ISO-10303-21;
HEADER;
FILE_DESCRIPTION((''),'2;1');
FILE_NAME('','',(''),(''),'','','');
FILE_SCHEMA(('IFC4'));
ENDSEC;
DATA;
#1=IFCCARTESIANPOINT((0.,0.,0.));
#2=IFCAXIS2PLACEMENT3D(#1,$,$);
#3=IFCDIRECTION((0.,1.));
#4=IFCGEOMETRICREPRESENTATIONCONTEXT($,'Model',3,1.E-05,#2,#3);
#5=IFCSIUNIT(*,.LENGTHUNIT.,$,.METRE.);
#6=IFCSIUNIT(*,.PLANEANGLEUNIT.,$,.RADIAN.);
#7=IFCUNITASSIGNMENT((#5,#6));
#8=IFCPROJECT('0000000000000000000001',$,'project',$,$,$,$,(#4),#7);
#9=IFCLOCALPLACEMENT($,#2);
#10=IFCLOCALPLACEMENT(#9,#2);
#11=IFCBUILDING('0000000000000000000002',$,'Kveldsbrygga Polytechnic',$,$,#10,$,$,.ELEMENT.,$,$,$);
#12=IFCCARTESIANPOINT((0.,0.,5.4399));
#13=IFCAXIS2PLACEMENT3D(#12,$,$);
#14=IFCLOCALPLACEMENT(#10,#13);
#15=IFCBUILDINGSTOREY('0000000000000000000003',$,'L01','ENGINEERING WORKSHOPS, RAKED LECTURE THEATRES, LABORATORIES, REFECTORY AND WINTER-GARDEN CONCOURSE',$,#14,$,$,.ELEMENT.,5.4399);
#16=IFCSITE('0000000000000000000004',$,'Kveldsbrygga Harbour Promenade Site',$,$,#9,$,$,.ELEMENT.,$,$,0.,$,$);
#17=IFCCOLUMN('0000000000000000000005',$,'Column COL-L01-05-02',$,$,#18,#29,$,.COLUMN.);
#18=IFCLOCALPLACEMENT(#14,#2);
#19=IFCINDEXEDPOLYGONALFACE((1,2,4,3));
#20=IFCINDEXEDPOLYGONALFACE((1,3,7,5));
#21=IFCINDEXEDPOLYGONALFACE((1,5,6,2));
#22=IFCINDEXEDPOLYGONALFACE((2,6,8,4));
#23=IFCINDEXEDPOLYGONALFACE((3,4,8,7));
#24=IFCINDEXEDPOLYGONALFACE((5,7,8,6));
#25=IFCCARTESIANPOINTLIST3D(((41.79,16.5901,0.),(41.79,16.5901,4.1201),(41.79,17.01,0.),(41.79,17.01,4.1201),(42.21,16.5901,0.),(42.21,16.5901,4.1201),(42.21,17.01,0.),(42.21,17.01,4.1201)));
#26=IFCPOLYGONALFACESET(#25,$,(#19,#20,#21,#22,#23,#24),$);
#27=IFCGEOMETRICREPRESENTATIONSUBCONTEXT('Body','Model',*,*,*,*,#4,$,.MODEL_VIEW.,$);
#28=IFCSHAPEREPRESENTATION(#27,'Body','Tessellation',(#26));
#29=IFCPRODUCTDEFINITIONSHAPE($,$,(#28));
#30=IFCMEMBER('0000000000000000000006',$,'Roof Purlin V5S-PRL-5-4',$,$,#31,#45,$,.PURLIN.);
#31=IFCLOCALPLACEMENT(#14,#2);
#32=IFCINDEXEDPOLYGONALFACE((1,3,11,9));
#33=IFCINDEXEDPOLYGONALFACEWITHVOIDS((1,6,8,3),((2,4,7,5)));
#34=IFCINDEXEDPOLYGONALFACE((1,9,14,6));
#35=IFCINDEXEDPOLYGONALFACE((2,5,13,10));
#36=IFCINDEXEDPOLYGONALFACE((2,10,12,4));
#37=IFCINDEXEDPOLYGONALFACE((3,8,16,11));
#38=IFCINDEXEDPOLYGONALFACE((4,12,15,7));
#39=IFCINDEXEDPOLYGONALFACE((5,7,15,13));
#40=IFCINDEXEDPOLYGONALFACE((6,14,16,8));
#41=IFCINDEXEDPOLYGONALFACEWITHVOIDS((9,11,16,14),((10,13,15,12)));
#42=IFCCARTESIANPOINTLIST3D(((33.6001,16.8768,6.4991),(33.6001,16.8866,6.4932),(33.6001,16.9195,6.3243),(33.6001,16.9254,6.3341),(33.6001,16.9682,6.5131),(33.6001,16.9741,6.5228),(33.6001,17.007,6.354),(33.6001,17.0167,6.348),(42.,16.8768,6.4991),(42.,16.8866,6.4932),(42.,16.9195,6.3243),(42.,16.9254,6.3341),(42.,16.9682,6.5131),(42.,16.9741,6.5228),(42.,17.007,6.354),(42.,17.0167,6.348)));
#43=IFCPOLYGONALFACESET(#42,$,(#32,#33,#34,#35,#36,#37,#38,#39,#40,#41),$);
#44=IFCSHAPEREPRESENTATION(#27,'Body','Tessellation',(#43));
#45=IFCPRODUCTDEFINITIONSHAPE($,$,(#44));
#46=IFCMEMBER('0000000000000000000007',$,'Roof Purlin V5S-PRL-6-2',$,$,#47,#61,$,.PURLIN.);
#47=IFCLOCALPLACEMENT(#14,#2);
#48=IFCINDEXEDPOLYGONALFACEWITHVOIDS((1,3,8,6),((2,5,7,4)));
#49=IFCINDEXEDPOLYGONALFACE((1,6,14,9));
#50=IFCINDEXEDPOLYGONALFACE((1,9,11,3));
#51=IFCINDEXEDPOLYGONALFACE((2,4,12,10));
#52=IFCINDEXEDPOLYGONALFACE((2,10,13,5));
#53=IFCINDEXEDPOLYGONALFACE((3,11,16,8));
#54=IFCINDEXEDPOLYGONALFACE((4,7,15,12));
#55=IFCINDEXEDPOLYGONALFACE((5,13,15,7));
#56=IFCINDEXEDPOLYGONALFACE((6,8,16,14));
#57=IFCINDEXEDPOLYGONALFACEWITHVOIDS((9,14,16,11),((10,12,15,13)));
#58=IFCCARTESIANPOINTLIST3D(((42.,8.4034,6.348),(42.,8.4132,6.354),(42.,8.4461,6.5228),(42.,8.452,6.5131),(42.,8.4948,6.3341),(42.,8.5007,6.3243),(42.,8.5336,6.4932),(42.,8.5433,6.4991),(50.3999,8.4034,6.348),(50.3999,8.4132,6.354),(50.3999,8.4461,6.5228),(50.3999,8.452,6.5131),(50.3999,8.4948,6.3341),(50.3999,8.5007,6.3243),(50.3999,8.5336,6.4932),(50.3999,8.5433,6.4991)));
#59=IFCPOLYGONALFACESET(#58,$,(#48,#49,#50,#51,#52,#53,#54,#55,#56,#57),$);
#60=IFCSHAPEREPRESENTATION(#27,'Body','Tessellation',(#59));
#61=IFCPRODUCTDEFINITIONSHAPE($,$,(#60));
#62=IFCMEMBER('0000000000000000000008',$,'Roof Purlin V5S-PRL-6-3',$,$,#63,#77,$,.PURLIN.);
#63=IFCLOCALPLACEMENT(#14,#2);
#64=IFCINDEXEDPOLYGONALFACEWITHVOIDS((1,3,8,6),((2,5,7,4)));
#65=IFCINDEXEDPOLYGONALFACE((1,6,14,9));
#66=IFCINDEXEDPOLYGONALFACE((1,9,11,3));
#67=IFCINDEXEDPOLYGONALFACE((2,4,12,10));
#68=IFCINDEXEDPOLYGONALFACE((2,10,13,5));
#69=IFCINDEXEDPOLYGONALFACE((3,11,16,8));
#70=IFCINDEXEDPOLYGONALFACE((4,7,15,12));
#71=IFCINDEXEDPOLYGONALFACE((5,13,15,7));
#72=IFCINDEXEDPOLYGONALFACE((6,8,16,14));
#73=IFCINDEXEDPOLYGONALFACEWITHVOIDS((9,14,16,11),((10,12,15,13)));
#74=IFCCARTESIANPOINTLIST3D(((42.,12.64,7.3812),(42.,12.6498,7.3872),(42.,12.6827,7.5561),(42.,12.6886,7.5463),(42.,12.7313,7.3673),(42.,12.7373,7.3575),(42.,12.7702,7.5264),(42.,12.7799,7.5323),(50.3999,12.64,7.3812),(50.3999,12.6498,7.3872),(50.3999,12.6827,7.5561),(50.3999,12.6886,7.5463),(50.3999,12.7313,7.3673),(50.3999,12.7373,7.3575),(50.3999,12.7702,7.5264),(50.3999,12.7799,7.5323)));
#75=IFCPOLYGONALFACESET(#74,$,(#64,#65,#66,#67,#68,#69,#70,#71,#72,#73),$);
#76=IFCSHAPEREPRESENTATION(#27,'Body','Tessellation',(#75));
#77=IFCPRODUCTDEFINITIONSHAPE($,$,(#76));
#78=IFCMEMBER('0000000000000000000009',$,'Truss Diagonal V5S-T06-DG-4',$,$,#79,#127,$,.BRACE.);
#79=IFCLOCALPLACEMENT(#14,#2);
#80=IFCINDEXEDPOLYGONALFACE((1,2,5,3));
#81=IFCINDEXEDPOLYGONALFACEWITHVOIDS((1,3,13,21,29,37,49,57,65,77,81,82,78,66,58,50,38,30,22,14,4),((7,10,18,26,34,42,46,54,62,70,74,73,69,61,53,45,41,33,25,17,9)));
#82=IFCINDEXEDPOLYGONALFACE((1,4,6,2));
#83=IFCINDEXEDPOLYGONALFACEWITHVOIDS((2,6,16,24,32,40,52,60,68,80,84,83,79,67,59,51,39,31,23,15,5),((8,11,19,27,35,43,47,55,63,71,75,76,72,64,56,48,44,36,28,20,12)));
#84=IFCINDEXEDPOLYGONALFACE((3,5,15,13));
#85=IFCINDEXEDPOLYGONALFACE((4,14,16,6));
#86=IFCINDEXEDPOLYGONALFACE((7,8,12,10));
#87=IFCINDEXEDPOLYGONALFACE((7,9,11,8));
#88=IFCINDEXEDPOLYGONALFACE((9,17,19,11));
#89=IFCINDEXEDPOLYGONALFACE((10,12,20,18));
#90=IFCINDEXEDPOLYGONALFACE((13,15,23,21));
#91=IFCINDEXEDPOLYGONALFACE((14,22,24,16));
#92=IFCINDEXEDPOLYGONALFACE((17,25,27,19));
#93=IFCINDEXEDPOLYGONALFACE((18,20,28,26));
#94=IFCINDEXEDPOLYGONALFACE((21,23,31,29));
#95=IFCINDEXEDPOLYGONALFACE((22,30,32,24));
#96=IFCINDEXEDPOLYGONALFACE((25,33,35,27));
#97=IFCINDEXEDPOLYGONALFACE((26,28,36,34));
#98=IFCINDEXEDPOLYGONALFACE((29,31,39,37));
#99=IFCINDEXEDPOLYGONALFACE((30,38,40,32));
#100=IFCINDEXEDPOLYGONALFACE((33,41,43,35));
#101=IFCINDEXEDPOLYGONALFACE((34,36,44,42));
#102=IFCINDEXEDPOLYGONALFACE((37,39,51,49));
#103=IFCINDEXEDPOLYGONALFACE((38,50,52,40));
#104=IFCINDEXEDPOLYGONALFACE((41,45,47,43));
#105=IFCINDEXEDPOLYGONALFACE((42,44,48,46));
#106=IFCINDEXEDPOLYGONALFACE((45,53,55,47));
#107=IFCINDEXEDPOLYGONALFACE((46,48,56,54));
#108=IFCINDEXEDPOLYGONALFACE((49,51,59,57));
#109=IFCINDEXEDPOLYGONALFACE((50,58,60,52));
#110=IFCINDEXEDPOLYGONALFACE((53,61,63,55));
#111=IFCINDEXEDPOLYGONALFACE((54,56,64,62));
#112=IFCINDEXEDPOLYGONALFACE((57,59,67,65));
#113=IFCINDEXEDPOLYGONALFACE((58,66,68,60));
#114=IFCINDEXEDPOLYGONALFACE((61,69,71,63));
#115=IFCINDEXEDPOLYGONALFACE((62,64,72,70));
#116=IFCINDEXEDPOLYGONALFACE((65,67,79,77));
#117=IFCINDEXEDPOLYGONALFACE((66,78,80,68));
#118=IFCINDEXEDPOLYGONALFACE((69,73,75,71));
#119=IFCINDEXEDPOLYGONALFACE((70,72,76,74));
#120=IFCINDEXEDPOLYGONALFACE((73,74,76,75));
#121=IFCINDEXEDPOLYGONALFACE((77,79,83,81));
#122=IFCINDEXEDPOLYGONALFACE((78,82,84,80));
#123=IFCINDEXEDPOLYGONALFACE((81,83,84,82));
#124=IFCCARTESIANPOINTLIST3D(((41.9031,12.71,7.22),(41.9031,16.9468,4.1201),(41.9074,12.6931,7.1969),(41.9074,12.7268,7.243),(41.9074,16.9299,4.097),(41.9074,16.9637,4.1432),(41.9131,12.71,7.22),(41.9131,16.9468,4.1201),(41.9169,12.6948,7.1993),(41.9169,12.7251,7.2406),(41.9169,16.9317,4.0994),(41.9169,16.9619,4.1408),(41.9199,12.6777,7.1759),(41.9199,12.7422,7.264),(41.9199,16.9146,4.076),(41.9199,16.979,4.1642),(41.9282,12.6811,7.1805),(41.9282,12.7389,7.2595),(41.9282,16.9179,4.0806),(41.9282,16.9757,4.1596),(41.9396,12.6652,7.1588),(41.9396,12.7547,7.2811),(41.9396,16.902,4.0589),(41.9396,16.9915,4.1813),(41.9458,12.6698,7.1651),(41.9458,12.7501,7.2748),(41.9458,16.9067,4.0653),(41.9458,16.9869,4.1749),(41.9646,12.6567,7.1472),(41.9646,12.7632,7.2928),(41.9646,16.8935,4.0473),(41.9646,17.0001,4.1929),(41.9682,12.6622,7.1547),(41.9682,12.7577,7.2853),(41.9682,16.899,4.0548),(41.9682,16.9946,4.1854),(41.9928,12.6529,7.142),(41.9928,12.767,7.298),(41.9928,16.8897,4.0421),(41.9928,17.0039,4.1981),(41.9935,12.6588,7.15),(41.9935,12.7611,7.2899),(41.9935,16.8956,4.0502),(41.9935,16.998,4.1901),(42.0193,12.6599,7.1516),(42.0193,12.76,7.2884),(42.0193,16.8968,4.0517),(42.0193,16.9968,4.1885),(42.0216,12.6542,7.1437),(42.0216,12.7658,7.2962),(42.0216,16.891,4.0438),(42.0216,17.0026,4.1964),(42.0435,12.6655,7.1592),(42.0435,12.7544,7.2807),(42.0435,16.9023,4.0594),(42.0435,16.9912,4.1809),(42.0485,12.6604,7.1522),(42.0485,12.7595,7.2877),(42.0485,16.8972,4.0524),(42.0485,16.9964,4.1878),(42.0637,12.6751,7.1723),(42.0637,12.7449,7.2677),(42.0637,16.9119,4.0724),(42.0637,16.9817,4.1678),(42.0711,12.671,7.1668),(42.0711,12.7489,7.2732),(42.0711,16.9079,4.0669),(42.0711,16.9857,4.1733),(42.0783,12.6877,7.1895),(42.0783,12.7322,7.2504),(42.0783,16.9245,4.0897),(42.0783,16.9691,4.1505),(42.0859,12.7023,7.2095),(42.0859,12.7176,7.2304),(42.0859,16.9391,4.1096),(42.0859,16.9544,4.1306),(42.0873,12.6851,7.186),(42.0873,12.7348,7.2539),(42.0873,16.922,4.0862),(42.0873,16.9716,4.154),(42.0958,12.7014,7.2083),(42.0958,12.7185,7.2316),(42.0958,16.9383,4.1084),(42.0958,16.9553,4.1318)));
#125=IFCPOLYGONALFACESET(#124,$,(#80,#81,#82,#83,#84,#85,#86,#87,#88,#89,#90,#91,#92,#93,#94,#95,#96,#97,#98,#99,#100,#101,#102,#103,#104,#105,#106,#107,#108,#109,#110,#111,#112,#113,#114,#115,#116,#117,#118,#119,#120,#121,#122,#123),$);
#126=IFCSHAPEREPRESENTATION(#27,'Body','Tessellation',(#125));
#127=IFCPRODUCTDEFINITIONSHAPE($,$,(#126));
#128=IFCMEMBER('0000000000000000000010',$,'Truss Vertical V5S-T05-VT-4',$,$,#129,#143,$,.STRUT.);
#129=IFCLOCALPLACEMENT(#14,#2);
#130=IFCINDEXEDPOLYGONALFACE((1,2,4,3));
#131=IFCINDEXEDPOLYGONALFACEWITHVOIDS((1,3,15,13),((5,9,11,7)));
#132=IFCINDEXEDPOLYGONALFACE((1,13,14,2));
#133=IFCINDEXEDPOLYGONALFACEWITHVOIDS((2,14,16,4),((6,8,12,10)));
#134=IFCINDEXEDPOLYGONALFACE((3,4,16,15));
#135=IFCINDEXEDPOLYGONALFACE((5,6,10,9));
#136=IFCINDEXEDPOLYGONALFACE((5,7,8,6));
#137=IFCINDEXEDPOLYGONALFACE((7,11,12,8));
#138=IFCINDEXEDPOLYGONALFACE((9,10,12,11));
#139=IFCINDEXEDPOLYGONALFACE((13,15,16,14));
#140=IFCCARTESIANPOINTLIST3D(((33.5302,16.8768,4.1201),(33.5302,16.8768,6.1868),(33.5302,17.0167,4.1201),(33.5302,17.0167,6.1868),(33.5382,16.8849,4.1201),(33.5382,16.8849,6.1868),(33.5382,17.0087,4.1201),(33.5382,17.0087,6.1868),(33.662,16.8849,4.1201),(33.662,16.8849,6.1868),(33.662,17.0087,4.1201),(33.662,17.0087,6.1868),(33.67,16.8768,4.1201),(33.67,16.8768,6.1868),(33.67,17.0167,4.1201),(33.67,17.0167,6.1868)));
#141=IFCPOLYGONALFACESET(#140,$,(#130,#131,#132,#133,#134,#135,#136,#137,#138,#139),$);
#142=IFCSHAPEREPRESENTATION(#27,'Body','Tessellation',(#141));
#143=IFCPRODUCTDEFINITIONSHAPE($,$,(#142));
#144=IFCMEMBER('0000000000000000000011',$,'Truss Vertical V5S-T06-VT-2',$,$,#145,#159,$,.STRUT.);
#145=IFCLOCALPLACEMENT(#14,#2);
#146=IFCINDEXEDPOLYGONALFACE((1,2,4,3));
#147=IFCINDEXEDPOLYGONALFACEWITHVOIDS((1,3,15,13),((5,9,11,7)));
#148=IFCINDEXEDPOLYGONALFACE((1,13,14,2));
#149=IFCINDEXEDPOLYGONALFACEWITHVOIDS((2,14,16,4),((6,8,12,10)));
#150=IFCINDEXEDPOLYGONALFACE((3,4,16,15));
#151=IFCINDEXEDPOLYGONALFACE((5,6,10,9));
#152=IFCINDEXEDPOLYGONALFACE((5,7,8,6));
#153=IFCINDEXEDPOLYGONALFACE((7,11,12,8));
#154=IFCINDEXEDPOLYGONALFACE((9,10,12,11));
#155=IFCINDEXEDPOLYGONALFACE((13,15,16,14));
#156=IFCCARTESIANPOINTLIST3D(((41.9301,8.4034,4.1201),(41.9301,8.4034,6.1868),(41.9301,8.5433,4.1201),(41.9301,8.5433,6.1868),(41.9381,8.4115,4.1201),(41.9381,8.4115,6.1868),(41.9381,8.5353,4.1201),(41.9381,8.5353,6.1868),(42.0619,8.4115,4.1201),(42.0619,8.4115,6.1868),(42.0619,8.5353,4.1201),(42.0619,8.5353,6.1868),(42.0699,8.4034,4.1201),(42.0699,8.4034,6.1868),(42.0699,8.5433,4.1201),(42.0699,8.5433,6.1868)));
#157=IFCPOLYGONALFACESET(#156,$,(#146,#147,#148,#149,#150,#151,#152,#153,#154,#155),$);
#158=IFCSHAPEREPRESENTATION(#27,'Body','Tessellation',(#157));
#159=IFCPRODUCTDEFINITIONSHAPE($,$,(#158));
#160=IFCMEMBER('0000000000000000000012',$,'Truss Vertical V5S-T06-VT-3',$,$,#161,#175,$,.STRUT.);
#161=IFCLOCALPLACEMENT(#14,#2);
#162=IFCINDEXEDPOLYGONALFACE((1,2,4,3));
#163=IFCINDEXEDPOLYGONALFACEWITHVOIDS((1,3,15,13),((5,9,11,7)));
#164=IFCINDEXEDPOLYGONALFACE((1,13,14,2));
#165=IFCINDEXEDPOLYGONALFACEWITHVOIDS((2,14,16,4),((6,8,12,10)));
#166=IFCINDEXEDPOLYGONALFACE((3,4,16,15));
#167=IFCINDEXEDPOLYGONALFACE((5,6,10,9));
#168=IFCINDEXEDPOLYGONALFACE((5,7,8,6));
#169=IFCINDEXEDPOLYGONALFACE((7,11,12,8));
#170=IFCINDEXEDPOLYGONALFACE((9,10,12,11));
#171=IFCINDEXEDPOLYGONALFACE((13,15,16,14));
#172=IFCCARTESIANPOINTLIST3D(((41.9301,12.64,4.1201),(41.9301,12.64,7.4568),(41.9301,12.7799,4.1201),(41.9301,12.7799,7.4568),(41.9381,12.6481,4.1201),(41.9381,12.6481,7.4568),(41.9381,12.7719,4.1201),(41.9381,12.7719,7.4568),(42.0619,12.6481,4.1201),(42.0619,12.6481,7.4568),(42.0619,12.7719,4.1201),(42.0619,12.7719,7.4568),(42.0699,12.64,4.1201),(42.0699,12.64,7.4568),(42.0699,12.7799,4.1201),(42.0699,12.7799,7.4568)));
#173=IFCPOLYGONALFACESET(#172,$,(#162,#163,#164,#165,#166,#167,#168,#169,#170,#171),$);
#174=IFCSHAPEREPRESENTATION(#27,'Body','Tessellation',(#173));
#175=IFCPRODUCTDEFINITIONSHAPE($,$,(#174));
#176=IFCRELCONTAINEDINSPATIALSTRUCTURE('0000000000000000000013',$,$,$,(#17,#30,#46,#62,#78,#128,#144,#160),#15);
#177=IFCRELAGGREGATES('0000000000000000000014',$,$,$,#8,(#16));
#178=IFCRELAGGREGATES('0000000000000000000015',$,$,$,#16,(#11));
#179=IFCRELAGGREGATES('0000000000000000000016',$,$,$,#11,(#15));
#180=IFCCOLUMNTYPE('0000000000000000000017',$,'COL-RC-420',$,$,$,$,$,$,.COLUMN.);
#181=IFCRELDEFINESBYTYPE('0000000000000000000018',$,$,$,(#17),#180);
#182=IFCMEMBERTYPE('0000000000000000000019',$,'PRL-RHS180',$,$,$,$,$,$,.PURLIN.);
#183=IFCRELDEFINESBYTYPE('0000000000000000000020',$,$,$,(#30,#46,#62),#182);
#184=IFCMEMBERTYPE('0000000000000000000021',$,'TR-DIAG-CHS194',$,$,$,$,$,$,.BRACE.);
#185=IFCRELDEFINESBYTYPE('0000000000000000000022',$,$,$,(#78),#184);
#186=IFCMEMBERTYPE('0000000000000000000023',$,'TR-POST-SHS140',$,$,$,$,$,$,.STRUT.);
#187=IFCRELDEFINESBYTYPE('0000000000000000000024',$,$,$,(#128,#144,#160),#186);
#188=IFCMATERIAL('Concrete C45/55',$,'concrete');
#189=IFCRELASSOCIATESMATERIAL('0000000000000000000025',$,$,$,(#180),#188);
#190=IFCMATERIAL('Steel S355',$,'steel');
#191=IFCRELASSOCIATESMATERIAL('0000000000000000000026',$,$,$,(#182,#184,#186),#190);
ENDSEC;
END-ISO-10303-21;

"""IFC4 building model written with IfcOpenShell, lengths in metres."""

from ifc_helpers import new_model, si_unit, direction, frame, origin, origin_2d, place, context, subcontext, project, spatial, rectangle, hollow_rectangle, hollow_circle, extrude, material, material_profile, profile_set, type_object, element, save


model = new_model("IFC4")

# Units and contexts
model_context = context("Model", 3, precision=1e-05, world=origin(), true_north=direction((0.0, 1.0)))
body_context = subcontext(model_context, "Body", "Model", "MODEL_VIEW")
ifc_project = project(units=[si_unit("LENGTHUNIT", "METRE"), si_unit("PLANEANGLEUNIT", "RADIAN")], contexts=[model_context])

# Site, building, storey
site_placement = place(None, origin())
site = spatial("IfcSite", under=ifc_project, at=site_placement, Name="Kveldsbrygga Harbour Promenade Site", CompositionType="ELEMENT", RefElevation=0.0)
building_placement = place(site_placement, origin())
building = spatial("IfcBuilding", under=site, at=building_placement, Name="Kveldsbrygga Polytechnic", CompositionType="ELEMENT")
storey_placement = place(building_placement, frame((0.0, 0.0, 5.4399)))
storey = spatial("IfcBuildingStorey", under=building, at=storey_placement, Name="L01", Description="ENGINEERING WORKSHOPS, RAKED LECTURE THEATRES, LABORATORIES, REFECTORY AND WINTER-GARDEN CONCOURSE", CompositionType="ELEMENT", Elevation=5.4399)

# Column
ifc_material_1 = material(Name="Concrete C45/55", Category="concrete")
ifc_material_profile_1 = material_profile(ifc_material_1, rectangle(XDim=0.4199, YDim=0.4199, at=origin_2d()), Name="RC 420x420")
ifc_profile_set_1 = profile_set([ifc_material_profile_1], Name="Concrete C45/55")
column_type = type_object("IfcColumnType", Name="COL-RC-420", PredefinedType="COLUMN", material=ifc_profile_set_1)
column_placement = place(storey_placement, frame((42.0, 16.8, 0.0), z_axis=(0.0, 0.0, 1.0), x_axis=(1.0, 0.0, 0.0)))
element("IfcColumn", 1, at=column_placement, inside=storey, type_object=column_type, Name="Column COL-L01-05-02", PredefinedType="COLUMN", context=body_context, shape_type="SweptSolid", body=[
    extrude(rectangle(XDim=0.4199, YDim=0.4199, at=origin_2d()), origin(), (0.0, 0.0, 1.0), 4.1201),
])

# Members
ifc_material_2 = material(Name="Steel S355", Category="steel")
ifc_material_profile_2 = material_profile(ifc_material_2, hollow_rectangle(XDim=0.1001, YDim=0.1799, WallThickness=0.0081, at=origin_2d()), Name="RHS 180x100x8.0")
ifc_profile_set_2 = profile_set([ifc_material_profile_2], Name="Steel S355")
member_type_1 = type_object("IfcMemberType", Name="PRL-RHS180", PredefinedType="PURLIN", material=ifc_profile_set_2)
for number, where, z_axis, x_axis, name in (
    (2, (33.6001, 16.9468, 6.4236), (1.0, 0.0, 0.0), (0.0, 0.97152, 0.236957), "Roof Purlin V5S-PRL-5-4"),
    (3, (42.0, 8.4734, 6.4236), (1.0, 0.0, 0.0), (0.0, 0.97152, -0.236957), "Roof Purlin V5S-PRL-6-2"),
    (4, (42.0, 12.71, 7.4568), (1.0, 0.0, 0.0), (0.0, 0.97152, -0.236957), "Roof Purlin V5S-PRL-6-3"),
):
    element("IfcMember", number, at=place(storey_placement, frame(where, z_axis=z_axis, x_axis=x_axis)), inside=storey, type_object=member_type_1, Name=name, PredefinedType="PURLIN", context=body_context, shape_type="SweptSolid", body=[
        extrude(hollow_rectangle(XDim=0.1001, YDim=0.1799, WallThickness=0.0081, at=origin_2d()), origin(), (0.0, 0.0, 1.0), 8.3999),
    ])
ifc_material_profile_3 = material_profile(ifc_material_2, hollow_circle(Radius=0.0969, WallThickness=0.01, at=origin_2d()), Name="CHS 193.7x10.0")
ifc_profile_set_3 = profile_set([ifc_material_profile_3], Name="Steel S355")
member_type_2 = type_object("IfcMemberType", Name="TR-DIAG-CHS194", PredefinedType="BRACE", material=ifc_profile_set_3)
member_1_placement = place(storey_placement, frame((42.0, 12.71, 7.22), z_axis=(0.0, 0.807054, -0.590478), x_axis=(-1.0, 0.0, 0.0)))
element("IfcMember", 5, at=member_1_placement, inside=storey, type_object=member_type_2, Name="Truss Diagonal V5S-T06-DG-4", PredefinedType="BRACE", context=body_context, shape_type="SweptSolid", body=[
    extrude(hollow_circle(Radius=0.0969, WallThickness=0.01, at=origin_2d()), origin(), (0.0, 0.0, 1.0), 5.2498),
])
ifc_material_profile_4 = material_profile(ifc_material_2, hollow_rectangle(XDim=0.1399, YDim=0.1399, WallThickness=0.0081, at=origin_2d()), Name="SHS 140x140x8.0")
ifc_profile_set_4 = profile_set([ifc_material_profile_4], Name="Steel S355")
member_type_3 = type_object("IfcMemberType", Name="TR-POST-SHS140", PredefinedType="STRUT", material=ifc_profile_set_4)
for number, where, z_axis, x_axis, name in (
    (6, (33.6001, 16.9468, 4.1201), (0.0, 0.0, 1.0), (1.0, 0.0, 0.0), "Truss Vertical V5S-T05-VT-4"),
    (7, (42.0, 8.4734, 4.1201), (0.0, 0.0, 1.0), (1.0, 0.0, 0.0), "Truss Vertical V5S-T06-VT-2"),
):
    element("IfcMember", number, at=place(storey_placement, frame(where, z_axis=z_axis, x_axis=x_axis)), inside=storey, type_object=member_type_3, Name=name, PredefinedType="STRUT", context=body_context, shape_type="SweptSolid", body=[
        extrude(hollow_rectangle(XDim=0.1399, YDim=0.1399, WallThickness=0.0081, at=origin_2d()), origin(), (0.0, 0.0, 1.0), 2.0667),
    ])
member_2_placement = place(storey_placement, frame((42.0, 12.71, 4.1201), z_axis=(0.0, 0.0, 1.0), x_axis=(1.0, 0.0, 0.0)))
element("IfcMember", 8, at=member_2_placement, inside=storey, type_object=member_type_3, Name="Truss Vertical V5S-T06-VT-3", PredefinedType="STRUT", context=body_context, shape_type="SweptSolid", body=[
    extrude(hollow_rectangle(XDim=0.1399, YDim=0.1399, WallThickness=0.0081, at=origin_2d()), origin(), (0.0, 0.0, 1.0), 3.3367),
])

save(model, "model.ifc")
